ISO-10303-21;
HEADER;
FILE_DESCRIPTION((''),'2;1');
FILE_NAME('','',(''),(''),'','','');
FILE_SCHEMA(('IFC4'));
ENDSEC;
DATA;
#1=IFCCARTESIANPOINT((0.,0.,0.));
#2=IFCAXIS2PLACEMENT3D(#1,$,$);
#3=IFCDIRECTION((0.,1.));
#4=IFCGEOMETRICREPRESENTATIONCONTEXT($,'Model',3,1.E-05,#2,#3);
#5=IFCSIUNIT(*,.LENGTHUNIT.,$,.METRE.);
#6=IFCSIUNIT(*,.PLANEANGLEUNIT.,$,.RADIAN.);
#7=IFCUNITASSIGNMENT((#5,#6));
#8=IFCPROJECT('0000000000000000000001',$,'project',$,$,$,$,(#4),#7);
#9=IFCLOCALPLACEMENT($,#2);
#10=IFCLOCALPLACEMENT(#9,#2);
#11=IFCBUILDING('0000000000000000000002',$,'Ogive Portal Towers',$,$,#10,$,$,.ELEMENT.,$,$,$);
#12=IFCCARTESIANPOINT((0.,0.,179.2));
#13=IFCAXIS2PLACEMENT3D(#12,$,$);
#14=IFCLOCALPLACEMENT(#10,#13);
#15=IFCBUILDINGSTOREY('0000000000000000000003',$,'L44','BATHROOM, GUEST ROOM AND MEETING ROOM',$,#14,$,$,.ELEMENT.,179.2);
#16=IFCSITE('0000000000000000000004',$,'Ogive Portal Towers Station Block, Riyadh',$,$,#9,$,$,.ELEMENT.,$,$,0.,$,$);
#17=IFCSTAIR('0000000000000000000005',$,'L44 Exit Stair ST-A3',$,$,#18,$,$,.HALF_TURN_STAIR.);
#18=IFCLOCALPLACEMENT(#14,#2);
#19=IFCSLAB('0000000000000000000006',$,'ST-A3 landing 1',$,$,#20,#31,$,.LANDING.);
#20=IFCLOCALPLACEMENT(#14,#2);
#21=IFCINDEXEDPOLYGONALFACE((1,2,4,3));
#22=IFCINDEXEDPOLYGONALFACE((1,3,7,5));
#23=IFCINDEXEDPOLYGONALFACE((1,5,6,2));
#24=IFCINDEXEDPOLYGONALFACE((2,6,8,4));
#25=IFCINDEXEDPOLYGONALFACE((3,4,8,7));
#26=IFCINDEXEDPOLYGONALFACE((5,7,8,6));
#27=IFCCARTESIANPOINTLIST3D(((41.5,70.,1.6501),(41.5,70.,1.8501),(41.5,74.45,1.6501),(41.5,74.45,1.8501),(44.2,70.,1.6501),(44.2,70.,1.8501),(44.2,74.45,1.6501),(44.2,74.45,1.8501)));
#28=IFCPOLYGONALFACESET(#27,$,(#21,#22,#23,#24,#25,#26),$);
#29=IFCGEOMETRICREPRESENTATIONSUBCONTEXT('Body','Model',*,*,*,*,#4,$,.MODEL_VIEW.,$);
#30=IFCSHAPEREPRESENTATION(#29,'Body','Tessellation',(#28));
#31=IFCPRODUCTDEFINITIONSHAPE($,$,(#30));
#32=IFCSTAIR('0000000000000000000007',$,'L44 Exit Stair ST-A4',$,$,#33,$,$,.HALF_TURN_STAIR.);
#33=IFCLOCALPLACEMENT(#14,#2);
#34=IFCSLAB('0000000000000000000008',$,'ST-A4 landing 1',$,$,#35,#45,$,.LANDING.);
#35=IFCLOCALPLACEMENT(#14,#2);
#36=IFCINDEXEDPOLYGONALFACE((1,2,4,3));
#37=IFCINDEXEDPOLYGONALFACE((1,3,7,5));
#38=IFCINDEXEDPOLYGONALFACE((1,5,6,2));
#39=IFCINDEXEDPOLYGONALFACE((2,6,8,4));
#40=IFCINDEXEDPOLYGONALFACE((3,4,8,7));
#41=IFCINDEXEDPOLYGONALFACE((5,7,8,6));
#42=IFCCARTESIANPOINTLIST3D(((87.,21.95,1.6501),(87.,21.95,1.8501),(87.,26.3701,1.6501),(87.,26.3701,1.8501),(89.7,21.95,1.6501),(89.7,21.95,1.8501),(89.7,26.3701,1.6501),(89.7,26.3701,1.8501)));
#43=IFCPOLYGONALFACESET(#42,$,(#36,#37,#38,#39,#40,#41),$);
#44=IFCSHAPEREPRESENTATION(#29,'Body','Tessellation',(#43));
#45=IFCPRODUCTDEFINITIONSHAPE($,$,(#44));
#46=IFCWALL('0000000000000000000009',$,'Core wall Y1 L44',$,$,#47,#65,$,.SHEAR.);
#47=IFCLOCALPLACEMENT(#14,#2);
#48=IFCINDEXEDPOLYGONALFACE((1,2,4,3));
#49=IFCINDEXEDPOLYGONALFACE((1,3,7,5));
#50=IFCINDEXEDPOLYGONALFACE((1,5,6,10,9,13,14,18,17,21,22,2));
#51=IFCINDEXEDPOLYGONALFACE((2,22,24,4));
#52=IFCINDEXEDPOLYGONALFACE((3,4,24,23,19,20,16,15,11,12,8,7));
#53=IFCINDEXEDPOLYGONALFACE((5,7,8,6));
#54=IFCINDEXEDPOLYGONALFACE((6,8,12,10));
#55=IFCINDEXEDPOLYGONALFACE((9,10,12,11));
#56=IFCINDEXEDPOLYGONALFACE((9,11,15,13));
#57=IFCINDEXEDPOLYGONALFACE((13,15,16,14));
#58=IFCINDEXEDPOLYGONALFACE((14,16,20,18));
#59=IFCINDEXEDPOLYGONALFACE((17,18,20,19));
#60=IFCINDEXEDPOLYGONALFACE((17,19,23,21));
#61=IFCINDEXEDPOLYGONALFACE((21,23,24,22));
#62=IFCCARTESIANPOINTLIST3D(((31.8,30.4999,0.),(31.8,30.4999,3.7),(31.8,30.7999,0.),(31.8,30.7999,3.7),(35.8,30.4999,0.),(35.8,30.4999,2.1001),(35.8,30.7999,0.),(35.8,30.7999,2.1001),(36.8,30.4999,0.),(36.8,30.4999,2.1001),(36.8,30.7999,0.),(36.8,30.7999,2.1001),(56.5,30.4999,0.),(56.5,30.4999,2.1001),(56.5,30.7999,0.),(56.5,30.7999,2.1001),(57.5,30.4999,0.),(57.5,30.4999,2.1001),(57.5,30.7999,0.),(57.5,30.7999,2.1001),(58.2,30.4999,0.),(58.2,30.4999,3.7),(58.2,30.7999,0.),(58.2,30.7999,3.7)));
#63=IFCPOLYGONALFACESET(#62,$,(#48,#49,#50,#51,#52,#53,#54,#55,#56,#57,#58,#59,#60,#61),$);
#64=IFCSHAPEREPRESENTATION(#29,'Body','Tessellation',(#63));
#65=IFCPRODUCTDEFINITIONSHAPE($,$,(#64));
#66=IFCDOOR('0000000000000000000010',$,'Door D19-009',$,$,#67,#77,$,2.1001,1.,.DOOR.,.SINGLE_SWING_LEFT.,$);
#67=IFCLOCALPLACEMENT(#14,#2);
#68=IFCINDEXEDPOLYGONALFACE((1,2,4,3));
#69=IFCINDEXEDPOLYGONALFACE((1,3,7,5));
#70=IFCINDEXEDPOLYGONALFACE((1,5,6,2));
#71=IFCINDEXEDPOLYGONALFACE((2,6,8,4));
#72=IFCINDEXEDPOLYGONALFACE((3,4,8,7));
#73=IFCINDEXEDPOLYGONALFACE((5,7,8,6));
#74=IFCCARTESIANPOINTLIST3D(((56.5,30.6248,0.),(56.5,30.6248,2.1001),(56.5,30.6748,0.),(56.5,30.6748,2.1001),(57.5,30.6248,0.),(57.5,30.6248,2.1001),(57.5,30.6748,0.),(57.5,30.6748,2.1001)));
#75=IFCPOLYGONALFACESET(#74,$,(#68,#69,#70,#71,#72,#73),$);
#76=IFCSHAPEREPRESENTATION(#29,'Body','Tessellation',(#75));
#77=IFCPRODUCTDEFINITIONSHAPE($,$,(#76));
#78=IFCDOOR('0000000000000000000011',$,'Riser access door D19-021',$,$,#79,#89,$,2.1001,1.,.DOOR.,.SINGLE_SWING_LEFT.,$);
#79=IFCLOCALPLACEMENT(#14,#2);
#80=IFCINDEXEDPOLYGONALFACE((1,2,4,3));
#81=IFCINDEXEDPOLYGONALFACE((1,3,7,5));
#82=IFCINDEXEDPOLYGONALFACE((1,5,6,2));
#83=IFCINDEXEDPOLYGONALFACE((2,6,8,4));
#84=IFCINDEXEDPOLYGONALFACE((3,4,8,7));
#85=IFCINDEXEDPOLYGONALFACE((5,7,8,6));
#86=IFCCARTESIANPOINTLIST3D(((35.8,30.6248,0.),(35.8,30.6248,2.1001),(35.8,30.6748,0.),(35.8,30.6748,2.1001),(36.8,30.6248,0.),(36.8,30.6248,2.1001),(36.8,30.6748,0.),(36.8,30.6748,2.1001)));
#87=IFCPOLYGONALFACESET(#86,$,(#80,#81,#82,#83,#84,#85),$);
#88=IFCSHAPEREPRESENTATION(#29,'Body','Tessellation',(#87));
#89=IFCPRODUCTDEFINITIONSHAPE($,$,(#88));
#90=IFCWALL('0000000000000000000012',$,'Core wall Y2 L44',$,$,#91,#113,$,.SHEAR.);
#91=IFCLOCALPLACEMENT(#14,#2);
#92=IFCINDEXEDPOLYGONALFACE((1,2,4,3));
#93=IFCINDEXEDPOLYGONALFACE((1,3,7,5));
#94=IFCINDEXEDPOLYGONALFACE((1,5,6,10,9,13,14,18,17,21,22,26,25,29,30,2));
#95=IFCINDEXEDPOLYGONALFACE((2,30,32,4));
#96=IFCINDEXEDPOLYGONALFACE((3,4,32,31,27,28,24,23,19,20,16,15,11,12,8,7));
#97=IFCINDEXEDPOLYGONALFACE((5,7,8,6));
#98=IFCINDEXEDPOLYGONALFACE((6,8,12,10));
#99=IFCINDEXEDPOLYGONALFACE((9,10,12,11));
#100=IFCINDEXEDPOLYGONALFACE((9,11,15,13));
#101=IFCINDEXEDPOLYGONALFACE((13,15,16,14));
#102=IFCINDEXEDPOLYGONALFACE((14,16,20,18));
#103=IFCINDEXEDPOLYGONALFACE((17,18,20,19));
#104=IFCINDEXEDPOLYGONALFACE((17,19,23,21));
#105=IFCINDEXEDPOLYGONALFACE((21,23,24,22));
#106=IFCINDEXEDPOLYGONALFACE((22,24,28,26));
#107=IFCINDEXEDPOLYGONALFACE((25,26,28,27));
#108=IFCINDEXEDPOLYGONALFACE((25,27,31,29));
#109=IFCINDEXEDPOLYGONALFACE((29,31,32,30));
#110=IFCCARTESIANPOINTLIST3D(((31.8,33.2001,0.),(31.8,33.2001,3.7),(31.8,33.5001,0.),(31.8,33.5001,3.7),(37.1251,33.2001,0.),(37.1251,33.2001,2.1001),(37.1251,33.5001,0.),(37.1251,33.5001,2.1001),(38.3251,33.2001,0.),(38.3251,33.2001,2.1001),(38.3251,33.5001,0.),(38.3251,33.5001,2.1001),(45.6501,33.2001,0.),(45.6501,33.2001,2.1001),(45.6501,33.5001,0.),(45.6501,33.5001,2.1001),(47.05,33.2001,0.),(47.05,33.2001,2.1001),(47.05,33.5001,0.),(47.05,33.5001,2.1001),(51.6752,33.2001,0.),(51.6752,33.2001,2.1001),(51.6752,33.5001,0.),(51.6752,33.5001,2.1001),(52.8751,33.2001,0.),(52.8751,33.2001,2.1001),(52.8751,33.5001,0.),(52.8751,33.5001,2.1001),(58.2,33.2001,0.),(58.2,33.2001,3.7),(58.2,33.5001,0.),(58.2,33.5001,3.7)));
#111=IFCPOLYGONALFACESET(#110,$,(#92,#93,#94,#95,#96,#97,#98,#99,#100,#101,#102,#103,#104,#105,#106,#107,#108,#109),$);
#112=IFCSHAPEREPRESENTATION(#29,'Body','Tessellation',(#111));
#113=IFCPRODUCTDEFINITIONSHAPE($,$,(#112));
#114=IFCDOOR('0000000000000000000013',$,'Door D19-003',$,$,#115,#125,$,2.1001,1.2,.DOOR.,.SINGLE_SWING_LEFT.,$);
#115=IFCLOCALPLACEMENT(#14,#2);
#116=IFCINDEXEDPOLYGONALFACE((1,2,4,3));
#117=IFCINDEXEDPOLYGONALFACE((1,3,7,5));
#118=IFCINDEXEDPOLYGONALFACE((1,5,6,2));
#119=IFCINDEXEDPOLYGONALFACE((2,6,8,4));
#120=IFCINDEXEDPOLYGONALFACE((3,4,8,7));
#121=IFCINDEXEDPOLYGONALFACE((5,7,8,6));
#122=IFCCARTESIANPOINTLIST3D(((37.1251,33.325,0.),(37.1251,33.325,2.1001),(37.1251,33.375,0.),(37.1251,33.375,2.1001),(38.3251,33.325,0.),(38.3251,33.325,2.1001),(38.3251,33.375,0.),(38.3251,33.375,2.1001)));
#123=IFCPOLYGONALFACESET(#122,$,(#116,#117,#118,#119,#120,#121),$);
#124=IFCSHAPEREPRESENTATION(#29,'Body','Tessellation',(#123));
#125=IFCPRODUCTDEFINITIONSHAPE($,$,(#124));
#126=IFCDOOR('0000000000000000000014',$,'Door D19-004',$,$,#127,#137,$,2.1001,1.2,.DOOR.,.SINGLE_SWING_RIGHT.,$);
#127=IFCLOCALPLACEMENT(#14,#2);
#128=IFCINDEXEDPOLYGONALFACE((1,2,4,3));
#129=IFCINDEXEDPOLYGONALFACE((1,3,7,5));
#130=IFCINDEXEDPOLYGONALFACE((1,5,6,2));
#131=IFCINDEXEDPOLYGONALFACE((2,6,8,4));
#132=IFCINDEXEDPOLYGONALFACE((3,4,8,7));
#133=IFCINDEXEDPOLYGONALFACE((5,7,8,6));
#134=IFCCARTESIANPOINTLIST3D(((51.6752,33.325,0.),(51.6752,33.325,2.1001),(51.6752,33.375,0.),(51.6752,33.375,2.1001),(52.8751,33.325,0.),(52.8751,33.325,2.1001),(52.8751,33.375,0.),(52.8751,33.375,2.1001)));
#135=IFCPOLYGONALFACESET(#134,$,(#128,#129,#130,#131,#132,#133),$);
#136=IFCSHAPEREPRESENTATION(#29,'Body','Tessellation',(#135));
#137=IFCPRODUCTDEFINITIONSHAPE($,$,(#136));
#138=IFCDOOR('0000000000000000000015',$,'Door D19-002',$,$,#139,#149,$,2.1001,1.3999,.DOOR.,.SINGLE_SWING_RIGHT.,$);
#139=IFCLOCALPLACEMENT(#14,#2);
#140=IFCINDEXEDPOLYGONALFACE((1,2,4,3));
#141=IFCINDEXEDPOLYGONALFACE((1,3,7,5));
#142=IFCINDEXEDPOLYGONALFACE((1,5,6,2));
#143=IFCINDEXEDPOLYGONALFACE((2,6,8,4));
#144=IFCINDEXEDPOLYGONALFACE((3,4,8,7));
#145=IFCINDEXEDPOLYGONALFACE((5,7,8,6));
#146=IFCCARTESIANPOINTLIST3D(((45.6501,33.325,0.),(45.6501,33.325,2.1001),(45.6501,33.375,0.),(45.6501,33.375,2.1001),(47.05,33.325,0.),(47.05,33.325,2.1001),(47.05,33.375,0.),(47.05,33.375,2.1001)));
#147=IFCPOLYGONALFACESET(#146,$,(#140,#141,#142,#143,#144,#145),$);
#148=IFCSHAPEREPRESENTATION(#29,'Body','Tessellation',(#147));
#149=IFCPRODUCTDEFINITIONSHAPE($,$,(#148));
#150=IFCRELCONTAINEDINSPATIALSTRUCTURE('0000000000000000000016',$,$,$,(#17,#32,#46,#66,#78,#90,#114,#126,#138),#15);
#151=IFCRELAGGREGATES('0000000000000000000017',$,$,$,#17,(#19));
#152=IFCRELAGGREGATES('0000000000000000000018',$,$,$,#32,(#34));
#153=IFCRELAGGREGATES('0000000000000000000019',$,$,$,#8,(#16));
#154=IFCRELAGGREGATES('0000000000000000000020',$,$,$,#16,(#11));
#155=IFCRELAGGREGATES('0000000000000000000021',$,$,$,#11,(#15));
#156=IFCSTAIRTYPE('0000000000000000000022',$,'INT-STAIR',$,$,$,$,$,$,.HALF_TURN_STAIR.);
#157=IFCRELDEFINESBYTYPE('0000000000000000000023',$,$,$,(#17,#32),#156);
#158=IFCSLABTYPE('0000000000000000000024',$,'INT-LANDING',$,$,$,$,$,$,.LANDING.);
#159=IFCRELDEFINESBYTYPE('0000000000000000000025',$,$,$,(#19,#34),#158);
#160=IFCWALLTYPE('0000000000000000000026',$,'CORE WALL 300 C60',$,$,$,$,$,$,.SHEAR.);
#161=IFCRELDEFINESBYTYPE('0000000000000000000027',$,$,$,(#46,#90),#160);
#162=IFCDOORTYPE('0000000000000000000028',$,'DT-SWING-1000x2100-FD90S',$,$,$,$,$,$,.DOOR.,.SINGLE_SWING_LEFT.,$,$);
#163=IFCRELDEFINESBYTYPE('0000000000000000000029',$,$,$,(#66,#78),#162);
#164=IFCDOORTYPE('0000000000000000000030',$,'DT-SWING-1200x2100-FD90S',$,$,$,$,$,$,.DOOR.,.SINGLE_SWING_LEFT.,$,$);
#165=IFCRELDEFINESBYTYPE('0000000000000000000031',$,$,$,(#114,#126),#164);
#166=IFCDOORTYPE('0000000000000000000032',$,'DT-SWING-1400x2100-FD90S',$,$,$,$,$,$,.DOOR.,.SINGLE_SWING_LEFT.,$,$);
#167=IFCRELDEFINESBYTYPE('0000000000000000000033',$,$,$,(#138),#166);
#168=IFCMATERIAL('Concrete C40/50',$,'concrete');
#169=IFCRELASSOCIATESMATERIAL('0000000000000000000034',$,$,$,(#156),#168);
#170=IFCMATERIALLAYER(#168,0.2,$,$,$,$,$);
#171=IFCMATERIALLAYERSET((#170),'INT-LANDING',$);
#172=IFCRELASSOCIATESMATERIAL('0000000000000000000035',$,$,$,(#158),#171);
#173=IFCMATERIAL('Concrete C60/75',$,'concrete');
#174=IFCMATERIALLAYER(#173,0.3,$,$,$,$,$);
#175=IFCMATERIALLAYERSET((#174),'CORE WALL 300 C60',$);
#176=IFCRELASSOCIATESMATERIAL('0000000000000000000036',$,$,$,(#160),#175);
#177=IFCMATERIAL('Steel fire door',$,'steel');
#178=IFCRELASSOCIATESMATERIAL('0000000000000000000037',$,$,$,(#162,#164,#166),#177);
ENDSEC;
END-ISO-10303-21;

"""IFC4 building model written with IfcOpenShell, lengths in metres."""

from ifc_helpers import new_model, si_unit, direction, frame, frame_2d, origin, place, context, subcontext, project, spatial, polyline, rectangle, outline, extrude, material, layer, layer_set, type_object, element, fill, aggregate, save


model = new_model("IFC4")

# Units and contexts
model_context = context("Model", 3, precision=1e-05, world=origin(), true_north=direction((0.0, 1.0)))
body_context = subcontext(model_context, "Body", "Model", "MODEL_VIEW")
ifc_project = project(units=[si_unit("LENGTHUNIT", "METRE"), si_unit("PLANEANGLEUNIT", "RADIAN")], contexts=[model_context])

# Site, building, storey
site_placement = place(None, origin())
site = spatial("IfcSite", under=ifc_project, at=site_placement, Name="Ogive Portal Towers Station Block, Riyadh", CompositionType="ELEMENT", RefElevation=0.0)
building_placement = place(site_placement, origin())
building = spatial("IfcBuilding", under=site, at=building_placement, Name="Ogive Portal Towers", CompositionType="ELEMENT")
storey_placement = place(building_placement, frame((0.0, 0.0, 179.2)))
storey = spatial("IfcBuildingStorey", under=building, at=storey_placement, Name="L44", Description="BATHROOM, GUEST ROOM AND MEETING ROOM", CompositionType="ELEMENT", Elevation=179.2)

# Stairs, slabs
ifc_material_1 = material(Name="Concrete C40/50", Category="concrete")
stair_type = type_object("IfcStairType", Name="INT-STAIR", PredefinedType="HALF_TURN_STAIR", material=ifc_material_1)
stair_1_placement = place(storey_placement, origin())
stair_1 = element("IfcStair", 1, at=stair_1_placement, inside=storey, type_object=stair_type, Name="L44 Exit Stair ST-A3", PredefinedType="HALF_TURN_STAIR")
ifc_layer_1 = layer(ifc_material_1, 0.2)
ifc_layer_set_1 = layer_set([ifc_layer_1], Name="INT-LANDING")
slab_type = type_object("IfcSlabType", Name="INT-LANDING", PredefinedType="LANDING", material=ifc_layer_set_1)
slab_1_placement = place(storey_placement, frame((0.0, 0.0, 1.6501)))
slab_1 = element("IfcSlab", 2, at=slab_1_placement, type_object=slab_type, Name="ST-A3 landing 1", PredefinedType="LANDING", context=body_context, shape_type="SweptSolid", body=[
    extrude(outline(polyline([(44.2, 70.0), (44.2, 74.45), (41.5, 74.45), (41.5, 70.0), (44.2, 70.0)])), origin(), (0.0, 0.0, 1.0), 0.2),
])
aggregate(stair_1, [slab_1])
stair_2_placement = place(storey_placement, origin())
stair_2 = element("IfcStair", 3, at=stair_2_placement, inside=storey, type_object=stair_type, Name="L44 Exit Stair ST-A4", PredefinedType="HALF_TURN_STAIR")
slab_2_placement = place(storey_placement, frame((0.0, 0.0, 1.6501)))
slab_2 = element("IfcSlab", 4, at=slab_2_placement, type_object=slab_type, Name="ST-A4 landing 1", PredefinedType="LANDING", context=body_context, shape_type="SweptSolid", body=[
    extrude(outline(polyline([(87.0, 26.3701), (87.0, 21.95), (89.7, 21.95), (89.7, 26.3701), (87.0, 26.3701)])), origin(), (0.0, 0.0, 1.0), 0.2),
])
aggregate(stair_2, [slab_2])

# Walls, openings, doors
ifc_material_2 = material(Name="Concrete C60/75", Category="concrete")
ifc_layer_2 = layer(ifc_material_2, 0.3)
ifc_layer_set_2 = layer_set([ifc_layer_2], Name="CORE WALL 300 C60")
wall_type_1 = type_object("IfcWallType", Name="CORE WALL 300 C60", PredefinedType="SHEAR", material=ifc_layer_set_2)
wall_1_placement = place(storey_placement, frame((31.8, 30.6499, 0.0), z_axis=(0.0, 0.0, 1.0), x_axis=(1.0, 0.0, 0.0)))
wall_1 = element("IfcWall", 5, at=wall_1_placement, inside=storey, type_object=wall_type_1, Name="Core wall Y1 L44", PredefinedType="SHEAR", context=body_context, shape_type="SweptSolid", body=[
    extrude(rectangle(XDim=26.3999, YDim=0.3, at=frame_2d((13.2, 0.0))), origin(), (0.0, 0.0, 1.0), 3.7),
])
opening_1_placement = place(wall_1_placement, frame((24.7, 0.0, 0.0)))
opening_1 = element("IfcOpeningElement", 6, at=opening_1_placement, cuts=wall_1, PredefinedType="OPENING", context=body_context, shape_type="SweptSolid", body=[
    extrude(rectangle(XDim=1.0, YDim=2.1001, at=frame_2d((0.5, 1.05))), frame((0.0, 0.1602, 0.0), z_axis=(0.0, -1.0, 0.0), x_axis=(1.0, 0.0, 0.0)), (0.0, 0.0, 1.0), 0.3201),
])
opening_2_placement = place(wall_1_placement, frame((4.0, 0.0, 0.0)))
opening_2 = element("IfcOpeningElement", 7, at=opening_2_placement, cuts=wall_1, PredefinedType="OPENING", context=body_context, shape_type="SweptSolid", body=[
    extrude(rectangle(XDim=1.0, YDim=2.1001, at=frame_2d((0.5, 1.05))), frame((0.0, 0.1602, 0.0), z_axis=(0.0, -1.0, 0.0), x_axis=(1.0, 0.0, 0.0)), (0.0, 0.0, 1.0), 0.3201),
])
ifc_material_3 = material(Name="Steel fire door", Category="steel")
door_type_1 = type_object("IfcDoorType", Name="DT-SWING-1000x2100-FD90S", OperationType="SINGLE_SWING_LEFT", PredefinedType="DOOR", material=ifc_material_3)
door_1_placement = place(opening_1_placement, origin())
door_1 = element("IfcDoor", 8, at=door_1_placement, inside=storey, type_object=door_type_1, Name="Door D19-009", OperationType="SINGLE_SWING_LEFT", OverallHeight=2.1001, OverallWidth=1.0, PredefinedType="DOOR", context=body_context, shape_type="SweptSolid", body=[
    extrude(rectangle(XDim=1.0, YDim=2.1001, at=frame_2d((0.5, 1.05))), frame((0.0, 0.0249, 0.0), z_axis=(0.0, -1.0, 0.0), x_axis=(1.0, 0.0, 0.0)), (0.0, 0.0, 1.0), 0.05),
])
fill(opening_1, door_1)
door_2_placement = place(opening_2_placement, origin())
door_2 = element("IfcDoor", 9, at=door_2_placement, inside=storey, type_object=door_type_1, Name="Riser access door D19-021", OperationType="SINGLE_SWING_LEFT", OverallHeight=2.1001, OverallWidth=1.0, PredefinedType="DOOR", context=body_context, shape_type="SweptSolid", body=[
    extrude(rectangle(XDim=1.0, YDim=2.1001, at=frame_2d((0.5, 1.05))), frame((0.0, 0.0249, 0.0), z_axis=(0.0, -1.0, 0.0), x_axis=(1.0, 0.0, 0.0)), (0.0, 0.0, 1.0), 0.05),
])
fill(opening_2, door_2)
wall_2_placement = place(storey_placement, frame((31.8, 33.3501, 0.0), z_axis=(0.0, 0.0, 1.0), x_axis=(1.0, 0.0, 0.0)))
wall_2 = element("IfcWall", 10, at=wall_2_placement, inside=storey, type_object=wall_type_1, Name="Core wall Y2 L44", PredefinedType="SHEAR", context=body_context, shape_type="SweptSolid", body=[
    extrude(rectangle(XDim=26.3999, YDim=0.3, at=frame_2d((13.2, 0.0))), origin(), (0.0, 0.0, 1.0), 3.7),
])
opening_3_placement = place(wall_2_placement, frame((13.8501, 0.0, 0.0)))
opening_3 = element("IfcOpeningElement", 11, at=opening_3_placement, cuts=wall_2, PredefinedType="OPENING", context=body_context, shape_type="SweptSolid", body=[
    extrude(rectangle(XDim=1.3999, YDim=2.1001, at=frame_2d((0.7, 1.05))), frame((0.0, 0.1602, 0.0), z_axis=(0.0, -1.0, 0.0), x_axis=(1.0, 0.0, 0.0)), (0.0, 0.0, 1.0), 0.3201),
])
opening_4_placement = place(wall_2_placement, frame((5.325, 0.0, 0.0)))
opening_4 = element("IfcOpeningElement", 12, at=opening_4_placement, cuts=wall_2, PredefinedType="OPENING", context=body_context, shape_type="SweptSolid", body=[
    extrude(rectangle(XDim=1.2, YDim=2.1001, at=frame_2d((0.6001, 1.05))), frame((0.0, 0.1602, 0.0), z_axis=(0.0, -1.0, 0.0), x_axis=(1.0, 0.0, 0.0)), (0.0, 0.0, 1.0), 0.3201),
])
opening_5_placement = place(wall_2_placement, frame((19.875, 0.0, 0.0)))
opening_5 = element("IfcOpeningElement", 13, at=opening_5_placement, cuts=wall_2, PredefinedType="OPENING", context=body_context, shape_type="SweptSolid", body=[
    extrude(rectangle(XDim=1.2, YDim=2.1001, at=frame_2d((0.6001, 1.05))), frame((0.0, 0.1602, 0.0), z_axis=(0.0, -1.0, 0.0), x_axis=(1.0, 0.0, 0.0)), (0.0, 0.0, 1.0), 0.3201),
])
door_type_2 = type_object("IfcDoorType", Name="DT-SWING-1200x2100-FD90S", OperationType="SINGLE_SWING_LEFT", PredefinedType="DOOR", material=ifc_material_3)
door_3_placement = place(opening_4_placement, origin())
door_3 = element("IfcDoor", 14, at=door_3_placement, inside=storey, type_object=door_type_2, Name="Door D19-003", OperationType="SINGLE_SWING_LEFT", OverallHeight=2.1001, OverallWidth=1.2, PredefinedType="DOOR", context=body_context, shape_type="SweptSolid", body=[
    extrude(rectangle(XDim=1.2, YDim=2.1001, at=frame_2d((0.6001, 1.05))), frame((0.0, 0.0249, 0.0), z_axis=(0.0, -1.0, 0.0), x_axis=(1.0, 0.0, 0.0)), (0.0, 0.0, 1.0), 0.05),
])
fill(opening_4, door_3)
door_4_placement = place(opening_5_placement, origin())
door_4 = element("IfcDoor", 15, at=door_4_placement, inside=storey, type_object=door_type_2, Name="Door D19-004", OperationType="SINGLE_SWING_RIGHT", OverallHeight=2.1001, OverallWidth=1.2, PredefinedType="DOOR", context=body_context, shape_type="SweptSolid", body=[
    extrude(rectangle(XDim=1.2, YDim=2.1001, at=frame_2d((0.6001, 1.05))), frame((0.0, 0.0249, 0.0), z_axis=(0.0, -1.0, 0.0), x_axis=(1.0, 0.0, 0.0)), (0.0, 0.0, 1.0), 0.05),
])
fill(opening_5, door_4)
door_type_3 = type_object("IfcDoorType", Name="DT-SWING-1400x2100-FD90S", OperationType="SINGLE_SWING_LEFT", PredefinedType="DOOR", material=ifc_material_3)
door_5_placement = place(opening_3_placement, origin())
door_5 = element("IfcDoor", 16, at=door_5_placement, inside=storey, type_object=door_type_3, Name="Door D19-002", OperationType="SINGLE_SWING_RIGHT", OverallHeight=2.1001, OverallWidth=1.3999, PredefinedType="DOOR", context=body_context, shape_type="SweptSolid", body=[
    extrude(rectangle(XDim=1.3999, YDim=2.1001, at=frame_2d((0.7, 1.05))), frame((0.0, 0.0249, 0.0), z_axis=(0.0, -1.0, 0.0), x_axis=(1.0, 0.0, 0.0)), (0.0, 0.0, 1.0), 0.05),
])
fill(opening_3, door_5)

save(model, "model.ifc")
